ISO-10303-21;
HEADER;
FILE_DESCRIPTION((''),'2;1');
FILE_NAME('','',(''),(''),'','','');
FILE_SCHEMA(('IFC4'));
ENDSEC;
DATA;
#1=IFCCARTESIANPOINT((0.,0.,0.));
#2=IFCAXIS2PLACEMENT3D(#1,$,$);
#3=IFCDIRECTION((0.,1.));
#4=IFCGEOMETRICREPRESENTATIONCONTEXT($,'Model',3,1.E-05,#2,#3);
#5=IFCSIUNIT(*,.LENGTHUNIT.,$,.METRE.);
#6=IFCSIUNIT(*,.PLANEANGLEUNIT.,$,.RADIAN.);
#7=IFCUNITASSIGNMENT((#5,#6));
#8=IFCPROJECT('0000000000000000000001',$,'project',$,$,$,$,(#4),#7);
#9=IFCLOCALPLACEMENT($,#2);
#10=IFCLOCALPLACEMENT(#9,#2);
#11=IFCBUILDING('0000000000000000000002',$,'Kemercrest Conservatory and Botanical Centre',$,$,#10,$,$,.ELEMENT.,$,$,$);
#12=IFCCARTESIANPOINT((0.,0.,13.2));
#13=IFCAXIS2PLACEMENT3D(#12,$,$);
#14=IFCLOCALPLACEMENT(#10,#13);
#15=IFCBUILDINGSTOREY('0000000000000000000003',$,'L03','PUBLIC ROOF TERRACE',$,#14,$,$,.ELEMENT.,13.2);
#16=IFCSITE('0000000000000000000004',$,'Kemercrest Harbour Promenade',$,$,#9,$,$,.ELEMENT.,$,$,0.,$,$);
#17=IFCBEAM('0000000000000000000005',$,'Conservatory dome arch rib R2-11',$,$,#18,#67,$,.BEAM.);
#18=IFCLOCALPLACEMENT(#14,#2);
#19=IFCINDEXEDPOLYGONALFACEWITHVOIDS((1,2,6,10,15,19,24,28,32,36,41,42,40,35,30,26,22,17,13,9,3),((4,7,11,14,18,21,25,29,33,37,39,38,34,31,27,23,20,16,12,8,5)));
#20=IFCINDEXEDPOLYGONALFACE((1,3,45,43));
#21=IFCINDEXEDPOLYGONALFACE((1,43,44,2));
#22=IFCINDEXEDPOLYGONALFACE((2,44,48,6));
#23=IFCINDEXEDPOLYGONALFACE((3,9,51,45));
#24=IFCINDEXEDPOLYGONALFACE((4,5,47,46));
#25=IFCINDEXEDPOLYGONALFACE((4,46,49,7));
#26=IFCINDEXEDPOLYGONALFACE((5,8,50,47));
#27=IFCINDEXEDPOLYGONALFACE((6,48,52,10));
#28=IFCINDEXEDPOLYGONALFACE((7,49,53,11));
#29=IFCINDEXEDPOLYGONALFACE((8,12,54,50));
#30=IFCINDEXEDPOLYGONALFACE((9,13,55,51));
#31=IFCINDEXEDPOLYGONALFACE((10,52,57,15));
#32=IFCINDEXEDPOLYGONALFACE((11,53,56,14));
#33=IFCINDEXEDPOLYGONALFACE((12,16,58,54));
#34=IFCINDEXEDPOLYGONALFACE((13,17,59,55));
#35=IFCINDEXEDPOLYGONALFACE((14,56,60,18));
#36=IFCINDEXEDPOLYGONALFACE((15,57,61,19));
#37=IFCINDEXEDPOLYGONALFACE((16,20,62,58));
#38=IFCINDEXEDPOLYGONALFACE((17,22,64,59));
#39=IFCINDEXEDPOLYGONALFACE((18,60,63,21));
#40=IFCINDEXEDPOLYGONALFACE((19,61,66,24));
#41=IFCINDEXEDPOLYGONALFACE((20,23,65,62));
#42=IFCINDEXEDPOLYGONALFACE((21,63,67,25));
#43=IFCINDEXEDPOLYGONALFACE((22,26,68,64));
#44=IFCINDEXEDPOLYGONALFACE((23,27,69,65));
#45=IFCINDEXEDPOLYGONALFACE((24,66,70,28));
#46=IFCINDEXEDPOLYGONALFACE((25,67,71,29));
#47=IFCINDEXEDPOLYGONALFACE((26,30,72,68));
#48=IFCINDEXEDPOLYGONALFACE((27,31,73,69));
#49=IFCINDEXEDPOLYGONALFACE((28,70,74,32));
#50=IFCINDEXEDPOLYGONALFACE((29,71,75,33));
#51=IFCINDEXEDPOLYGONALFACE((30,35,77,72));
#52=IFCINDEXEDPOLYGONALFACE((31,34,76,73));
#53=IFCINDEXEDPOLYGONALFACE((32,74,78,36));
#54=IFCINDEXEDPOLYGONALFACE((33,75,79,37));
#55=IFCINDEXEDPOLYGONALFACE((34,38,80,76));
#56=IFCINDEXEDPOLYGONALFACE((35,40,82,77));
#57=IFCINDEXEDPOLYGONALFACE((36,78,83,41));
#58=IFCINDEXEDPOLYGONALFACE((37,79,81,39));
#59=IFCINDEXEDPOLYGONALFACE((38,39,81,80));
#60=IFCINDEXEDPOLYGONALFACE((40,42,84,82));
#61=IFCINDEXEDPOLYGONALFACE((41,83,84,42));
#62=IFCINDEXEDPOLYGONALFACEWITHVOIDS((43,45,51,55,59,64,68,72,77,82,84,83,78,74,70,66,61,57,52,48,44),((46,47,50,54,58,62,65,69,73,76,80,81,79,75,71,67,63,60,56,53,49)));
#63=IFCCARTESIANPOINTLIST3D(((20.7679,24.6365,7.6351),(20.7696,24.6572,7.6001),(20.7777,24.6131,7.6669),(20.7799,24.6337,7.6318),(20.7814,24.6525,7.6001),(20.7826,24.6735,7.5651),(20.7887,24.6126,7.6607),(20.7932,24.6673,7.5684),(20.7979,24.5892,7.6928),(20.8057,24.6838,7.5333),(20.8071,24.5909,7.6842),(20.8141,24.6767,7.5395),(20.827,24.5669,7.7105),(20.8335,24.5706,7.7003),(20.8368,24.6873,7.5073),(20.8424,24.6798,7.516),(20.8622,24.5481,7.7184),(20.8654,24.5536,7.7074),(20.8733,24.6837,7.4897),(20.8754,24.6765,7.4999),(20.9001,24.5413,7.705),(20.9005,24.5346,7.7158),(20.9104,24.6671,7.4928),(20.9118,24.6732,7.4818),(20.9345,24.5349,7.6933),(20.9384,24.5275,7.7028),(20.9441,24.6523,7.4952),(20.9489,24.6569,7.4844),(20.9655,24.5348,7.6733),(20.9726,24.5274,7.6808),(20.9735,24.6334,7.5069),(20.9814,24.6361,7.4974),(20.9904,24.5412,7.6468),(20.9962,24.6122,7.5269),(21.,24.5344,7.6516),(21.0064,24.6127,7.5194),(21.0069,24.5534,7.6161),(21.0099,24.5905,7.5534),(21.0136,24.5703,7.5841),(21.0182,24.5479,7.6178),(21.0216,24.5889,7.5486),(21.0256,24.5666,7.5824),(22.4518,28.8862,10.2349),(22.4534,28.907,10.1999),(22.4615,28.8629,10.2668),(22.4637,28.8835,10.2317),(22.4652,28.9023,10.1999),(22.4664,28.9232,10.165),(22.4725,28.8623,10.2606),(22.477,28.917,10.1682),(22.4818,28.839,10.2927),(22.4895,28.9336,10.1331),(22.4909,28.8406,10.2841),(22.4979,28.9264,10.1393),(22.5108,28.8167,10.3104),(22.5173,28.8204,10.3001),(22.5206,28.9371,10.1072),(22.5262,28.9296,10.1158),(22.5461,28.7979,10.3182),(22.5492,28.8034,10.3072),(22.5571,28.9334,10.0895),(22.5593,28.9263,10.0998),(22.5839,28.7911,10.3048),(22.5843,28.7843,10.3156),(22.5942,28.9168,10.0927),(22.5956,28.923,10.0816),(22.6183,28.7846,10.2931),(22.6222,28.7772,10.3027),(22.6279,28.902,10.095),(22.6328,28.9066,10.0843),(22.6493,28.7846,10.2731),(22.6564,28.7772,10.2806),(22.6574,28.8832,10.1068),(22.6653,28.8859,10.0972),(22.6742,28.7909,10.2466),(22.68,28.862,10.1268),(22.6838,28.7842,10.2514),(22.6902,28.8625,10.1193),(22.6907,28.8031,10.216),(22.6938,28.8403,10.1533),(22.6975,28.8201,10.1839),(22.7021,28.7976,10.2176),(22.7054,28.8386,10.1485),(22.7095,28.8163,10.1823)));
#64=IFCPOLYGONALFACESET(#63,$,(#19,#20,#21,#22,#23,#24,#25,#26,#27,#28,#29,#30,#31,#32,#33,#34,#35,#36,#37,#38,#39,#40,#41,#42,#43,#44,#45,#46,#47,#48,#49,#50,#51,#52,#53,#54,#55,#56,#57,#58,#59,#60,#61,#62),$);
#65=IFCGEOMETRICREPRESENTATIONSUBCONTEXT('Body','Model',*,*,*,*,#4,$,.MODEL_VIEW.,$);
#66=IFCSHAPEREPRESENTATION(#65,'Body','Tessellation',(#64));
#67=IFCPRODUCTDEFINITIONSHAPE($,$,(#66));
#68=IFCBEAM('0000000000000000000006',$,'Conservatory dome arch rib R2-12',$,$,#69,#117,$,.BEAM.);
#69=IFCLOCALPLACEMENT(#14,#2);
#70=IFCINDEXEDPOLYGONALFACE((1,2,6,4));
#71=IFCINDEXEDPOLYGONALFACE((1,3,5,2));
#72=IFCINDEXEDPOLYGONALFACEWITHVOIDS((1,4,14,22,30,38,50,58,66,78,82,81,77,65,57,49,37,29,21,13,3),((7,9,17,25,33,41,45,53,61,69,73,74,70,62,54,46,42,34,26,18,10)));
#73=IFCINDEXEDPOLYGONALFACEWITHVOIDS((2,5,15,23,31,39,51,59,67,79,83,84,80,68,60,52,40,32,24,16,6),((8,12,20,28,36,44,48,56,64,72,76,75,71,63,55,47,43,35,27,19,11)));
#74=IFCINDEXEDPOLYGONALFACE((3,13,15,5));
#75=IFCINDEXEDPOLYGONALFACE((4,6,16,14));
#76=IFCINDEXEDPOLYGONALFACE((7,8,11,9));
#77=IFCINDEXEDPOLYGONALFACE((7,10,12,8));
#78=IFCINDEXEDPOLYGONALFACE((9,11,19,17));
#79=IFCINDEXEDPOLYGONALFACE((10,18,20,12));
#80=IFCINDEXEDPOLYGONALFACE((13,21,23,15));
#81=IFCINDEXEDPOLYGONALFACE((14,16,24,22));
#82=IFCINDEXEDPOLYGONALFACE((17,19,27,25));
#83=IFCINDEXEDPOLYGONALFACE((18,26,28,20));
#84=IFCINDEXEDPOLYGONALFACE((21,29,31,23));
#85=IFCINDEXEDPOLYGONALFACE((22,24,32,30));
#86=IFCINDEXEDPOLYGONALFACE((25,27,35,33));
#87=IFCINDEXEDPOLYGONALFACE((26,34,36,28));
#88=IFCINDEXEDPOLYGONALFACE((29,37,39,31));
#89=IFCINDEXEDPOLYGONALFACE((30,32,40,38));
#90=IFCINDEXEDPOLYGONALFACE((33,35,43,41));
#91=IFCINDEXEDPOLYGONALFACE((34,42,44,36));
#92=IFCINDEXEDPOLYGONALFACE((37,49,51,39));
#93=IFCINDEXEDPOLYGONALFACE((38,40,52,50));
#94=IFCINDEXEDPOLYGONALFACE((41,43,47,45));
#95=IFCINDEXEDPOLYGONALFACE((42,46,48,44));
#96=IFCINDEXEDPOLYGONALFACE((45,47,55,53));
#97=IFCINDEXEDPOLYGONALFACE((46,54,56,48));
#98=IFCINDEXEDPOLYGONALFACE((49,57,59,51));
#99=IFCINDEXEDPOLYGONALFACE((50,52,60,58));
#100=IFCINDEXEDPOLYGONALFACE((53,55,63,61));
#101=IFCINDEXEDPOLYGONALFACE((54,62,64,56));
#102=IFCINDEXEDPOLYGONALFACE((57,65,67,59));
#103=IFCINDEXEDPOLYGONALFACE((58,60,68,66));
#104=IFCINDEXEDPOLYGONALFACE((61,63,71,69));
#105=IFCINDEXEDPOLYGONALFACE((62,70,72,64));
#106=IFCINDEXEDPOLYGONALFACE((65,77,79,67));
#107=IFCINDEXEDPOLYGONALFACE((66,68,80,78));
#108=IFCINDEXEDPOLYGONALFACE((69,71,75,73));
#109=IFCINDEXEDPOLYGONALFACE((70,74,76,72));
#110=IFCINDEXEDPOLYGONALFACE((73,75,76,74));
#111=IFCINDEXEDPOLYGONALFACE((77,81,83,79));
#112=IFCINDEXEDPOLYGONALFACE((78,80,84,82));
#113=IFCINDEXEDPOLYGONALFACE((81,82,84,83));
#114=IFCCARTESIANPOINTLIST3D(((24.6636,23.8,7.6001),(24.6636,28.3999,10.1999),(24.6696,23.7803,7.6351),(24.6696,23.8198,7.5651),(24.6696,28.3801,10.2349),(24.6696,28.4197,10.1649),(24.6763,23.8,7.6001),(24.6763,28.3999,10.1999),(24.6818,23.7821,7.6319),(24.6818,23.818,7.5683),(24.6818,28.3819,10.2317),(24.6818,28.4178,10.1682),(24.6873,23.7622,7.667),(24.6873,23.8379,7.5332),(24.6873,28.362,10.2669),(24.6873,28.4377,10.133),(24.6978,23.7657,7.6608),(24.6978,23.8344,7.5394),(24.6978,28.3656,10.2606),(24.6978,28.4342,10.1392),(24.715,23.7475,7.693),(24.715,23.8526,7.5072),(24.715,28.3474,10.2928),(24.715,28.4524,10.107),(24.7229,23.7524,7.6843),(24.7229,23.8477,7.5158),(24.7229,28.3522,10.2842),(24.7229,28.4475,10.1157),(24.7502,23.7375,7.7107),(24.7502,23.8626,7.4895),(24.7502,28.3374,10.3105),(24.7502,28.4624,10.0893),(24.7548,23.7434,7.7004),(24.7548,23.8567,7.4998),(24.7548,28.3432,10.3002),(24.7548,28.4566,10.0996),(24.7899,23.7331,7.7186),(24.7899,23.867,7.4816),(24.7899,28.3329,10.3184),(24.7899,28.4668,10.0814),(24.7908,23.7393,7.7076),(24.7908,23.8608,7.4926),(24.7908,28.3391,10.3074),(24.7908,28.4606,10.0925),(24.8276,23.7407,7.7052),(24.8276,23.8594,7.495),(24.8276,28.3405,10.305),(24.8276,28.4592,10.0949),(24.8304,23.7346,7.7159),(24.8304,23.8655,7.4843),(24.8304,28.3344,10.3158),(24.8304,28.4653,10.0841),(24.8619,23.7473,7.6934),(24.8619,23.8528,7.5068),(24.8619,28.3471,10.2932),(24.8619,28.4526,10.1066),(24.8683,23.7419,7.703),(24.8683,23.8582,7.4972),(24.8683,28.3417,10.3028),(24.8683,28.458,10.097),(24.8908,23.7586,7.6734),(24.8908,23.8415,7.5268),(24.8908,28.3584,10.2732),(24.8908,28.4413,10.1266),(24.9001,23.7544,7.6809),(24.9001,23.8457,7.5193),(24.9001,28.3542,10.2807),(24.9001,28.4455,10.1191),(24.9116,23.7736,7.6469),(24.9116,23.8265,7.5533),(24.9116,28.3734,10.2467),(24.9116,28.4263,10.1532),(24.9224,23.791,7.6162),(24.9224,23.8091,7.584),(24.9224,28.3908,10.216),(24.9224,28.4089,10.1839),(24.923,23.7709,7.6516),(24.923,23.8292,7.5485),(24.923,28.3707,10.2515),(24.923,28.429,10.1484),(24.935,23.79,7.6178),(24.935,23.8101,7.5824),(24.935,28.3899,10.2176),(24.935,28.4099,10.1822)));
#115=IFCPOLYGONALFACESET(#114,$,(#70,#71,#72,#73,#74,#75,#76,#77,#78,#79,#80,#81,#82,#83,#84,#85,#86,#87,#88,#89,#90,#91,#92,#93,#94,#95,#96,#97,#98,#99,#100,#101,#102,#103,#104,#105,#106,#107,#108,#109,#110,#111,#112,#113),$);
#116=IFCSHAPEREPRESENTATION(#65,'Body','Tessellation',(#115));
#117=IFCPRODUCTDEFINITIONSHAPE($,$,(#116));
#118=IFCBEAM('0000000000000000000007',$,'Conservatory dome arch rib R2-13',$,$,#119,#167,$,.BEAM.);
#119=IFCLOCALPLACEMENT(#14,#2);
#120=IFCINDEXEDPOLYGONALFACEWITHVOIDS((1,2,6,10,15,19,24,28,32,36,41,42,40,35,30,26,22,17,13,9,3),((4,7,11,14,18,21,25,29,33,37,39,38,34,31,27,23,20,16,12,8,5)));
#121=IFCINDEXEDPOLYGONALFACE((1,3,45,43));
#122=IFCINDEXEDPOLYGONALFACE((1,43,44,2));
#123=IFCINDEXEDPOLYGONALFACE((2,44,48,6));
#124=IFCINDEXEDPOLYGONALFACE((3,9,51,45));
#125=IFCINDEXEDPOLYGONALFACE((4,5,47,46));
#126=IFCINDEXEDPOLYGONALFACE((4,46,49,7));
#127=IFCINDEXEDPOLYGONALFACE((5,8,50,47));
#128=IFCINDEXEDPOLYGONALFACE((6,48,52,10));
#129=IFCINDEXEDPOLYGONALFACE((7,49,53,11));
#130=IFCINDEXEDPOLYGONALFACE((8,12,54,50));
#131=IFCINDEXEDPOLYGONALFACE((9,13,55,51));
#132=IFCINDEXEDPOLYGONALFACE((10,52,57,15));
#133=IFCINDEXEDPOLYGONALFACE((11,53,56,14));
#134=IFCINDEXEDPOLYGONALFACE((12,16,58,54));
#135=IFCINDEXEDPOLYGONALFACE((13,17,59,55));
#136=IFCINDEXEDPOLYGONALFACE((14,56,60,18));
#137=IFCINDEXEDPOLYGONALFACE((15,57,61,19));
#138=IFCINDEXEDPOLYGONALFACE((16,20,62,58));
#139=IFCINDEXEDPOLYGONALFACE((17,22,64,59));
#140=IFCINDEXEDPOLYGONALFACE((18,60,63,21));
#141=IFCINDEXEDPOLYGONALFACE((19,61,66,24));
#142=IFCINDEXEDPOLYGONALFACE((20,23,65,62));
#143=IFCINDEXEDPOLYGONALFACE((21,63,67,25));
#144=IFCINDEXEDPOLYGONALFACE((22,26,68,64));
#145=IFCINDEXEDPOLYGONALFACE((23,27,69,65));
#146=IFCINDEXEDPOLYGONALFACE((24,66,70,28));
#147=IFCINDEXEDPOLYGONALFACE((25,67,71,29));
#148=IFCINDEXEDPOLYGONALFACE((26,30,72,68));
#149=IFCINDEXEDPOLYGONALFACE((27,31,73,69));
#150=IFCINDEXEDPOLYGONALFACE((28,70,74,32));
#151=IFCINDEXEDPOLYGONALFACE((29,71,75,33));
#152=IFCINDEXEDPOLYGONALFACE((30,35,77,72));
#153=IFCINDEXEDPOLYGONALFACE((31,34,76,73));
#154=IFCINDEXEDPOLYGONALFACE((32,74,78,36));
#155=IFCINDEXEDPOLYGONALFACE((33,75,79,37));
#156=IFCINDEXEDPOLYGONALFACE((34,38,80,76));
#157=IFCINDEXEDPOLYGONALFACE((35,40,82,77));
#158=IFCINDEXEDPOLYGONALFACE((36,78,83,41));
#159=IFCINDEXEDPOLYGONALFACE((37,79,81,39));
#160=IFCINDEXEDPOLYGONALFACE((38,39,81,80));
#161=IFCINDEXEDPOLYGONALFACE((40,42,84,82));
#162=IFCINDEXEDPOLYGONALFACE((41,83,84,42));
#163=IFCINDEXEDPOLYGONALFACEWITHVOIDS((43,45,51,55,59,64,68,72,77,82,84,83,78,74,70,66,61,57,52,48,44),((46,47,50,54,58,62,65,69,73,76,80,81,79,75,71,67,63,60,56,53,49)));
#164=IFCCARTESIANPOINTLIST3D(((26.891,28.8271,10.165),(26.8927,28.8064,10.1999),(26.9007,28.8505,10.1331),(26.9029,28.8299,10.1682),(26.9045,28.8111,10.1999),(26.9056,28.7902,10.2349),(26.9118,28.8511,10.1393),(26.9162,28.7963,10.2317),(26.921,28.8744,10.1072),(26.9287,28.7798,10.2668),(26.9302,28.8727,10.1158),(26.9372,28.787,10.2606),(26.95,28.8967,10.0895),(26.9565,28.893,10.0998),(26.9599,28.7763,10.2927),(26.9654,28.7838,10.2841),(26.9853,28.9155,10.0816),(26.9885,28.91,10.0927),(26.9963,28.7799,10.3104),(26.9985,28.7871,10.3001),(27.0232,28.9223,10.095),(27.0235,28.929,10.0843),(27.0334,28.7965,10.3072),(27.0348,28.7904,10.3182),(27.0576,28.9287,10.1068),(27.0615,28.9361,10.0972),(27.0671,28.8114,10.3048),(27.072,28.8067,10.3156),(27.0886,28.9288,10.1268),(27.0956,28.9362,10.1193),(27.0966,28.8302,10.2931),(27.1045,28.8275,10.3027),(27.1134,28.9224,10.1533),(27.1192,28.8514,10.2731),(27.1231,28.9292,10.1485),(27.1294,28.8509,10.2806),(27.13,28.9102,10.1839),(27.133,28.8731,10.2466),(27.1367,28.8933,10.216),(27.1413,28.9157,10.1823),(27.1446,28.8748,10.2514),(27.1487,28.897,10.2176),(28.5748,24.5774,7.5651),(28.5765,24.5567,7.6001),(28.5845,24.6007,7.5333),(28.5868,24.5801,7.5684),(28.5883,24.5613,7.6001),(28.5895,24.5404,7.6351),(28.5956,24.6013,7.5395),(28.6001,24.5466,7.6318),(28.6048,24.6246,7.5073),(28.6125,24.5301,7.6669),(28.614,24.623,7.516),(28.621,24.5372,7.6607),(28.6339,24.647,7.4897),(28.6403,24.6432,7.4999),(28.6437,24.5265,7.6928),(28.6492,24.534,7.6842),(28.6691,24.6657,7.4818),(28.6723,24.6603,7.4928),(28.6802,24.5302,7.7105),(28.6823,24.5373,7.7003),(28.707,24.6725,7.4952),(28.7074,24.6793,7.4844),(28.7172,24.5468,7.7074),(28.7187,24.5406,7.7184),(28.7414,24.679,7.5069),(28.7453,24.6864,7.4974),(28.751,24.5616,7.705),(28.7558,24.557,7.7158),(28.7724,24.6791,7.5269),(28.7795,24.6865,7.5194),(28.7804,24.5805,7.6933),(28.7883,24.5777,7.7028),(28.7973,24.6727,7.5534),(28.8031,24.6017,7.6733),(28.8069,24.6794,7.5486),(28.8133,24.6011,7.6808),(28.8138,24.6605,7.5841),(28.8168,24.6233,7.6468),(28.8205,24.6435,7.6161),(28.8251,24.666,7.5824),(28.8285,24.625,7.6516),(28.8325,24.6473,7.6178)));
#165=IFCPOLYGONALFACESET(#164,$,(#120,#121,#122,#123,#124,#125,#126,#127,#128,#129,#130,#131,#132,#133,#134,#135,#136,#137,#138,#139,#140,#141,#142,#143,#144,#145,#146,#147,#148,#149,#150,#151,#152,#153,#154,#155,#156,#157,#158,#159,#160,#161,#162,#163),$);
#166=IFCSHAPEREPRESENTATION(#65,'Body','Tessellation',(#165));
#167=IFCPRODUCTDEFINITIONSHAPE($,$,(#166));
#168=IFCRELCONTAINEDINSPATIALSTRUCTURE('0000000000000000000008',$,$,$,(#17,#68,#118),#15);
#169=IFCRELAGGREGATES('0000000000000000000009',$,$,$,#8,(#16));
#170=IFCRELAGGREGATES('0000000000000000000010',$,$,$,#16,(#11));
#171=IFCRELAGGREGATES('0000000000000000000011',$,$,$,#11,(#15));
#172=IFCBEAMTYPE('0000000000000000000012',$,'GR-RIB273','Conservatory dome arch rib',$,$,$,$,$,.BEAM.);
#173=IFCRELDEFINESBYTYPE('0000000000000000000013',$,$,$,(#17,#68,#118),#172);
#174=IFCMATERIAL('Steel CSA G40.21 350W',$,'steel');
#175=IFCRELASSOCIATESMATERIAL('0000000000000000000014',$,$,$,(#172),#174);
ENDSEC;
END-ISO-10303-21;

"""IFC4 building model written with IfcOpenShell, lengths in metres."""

from ifc_helpers import new_model, si_unit, direction, frame, origin, origin_2d, place, context, subcontext, project, spatial, hollow_circle, extrude, material, material_profile, profile_set, type_object, element, save


model = new_model("IFC4")

# Units and contexts
model_context = context("Model", 3, precision=1e-05, world=origin(), true_north=direction((0.0, 1.0)))
body_context = subcontext(model_context, "Body", "Model", "MODEL_VIEW")
ifc_project = project(units=[si_unit("LENGTHUNIT", "METRE"), si_unit("PLANEANGLEUNIT", "RADIAN")], contexts=[model_context])

# Site, building, storey
site_placement = place(None, origin())
site = spatial("IfcSite", under=ifc_project, at=site_placement, Name="Kemercrest Harbour Promenade", CompositionType="ELEMENT", RefElevation=0.0)
building_placement = place(site_placement, origin())
building = spatial("IfcBuilding", under=site, at=building_placement, Name="Kemercrest Conservatory and Botanical Centre", CompositionType="ELEMENT")
storey_placement = place(building_placement, frame((0.0, 0.0, 13.2)))
storey = spatial("IfcBuildingStorey", under=building, at=storey_placement, Name="L03", Description="PUBLIC ROOF TERRACE", CompositionType="ELEMENT", Elevation=13.2)

# Beams
ifc_material_1 = material(Name="Steel CSA G40.21 350W", Category="steel")
ifc_material_profile_1 = material_profile(ifc_material_1, hollow_circle(Radius=0.1365, WallThickness=0.0127, at=origin_2d()), Name="CHS 273.1x12.7")
ifc_profile_set_1 = profile_set([ifc_material_profile_1], Name="Steel CSA G40.21 350W")
beam_type_1 = type_object("IfcBeamType", Name="GR-RIB273", Description="Conservatory dome arch rib", PredefinedType="BEAM", material=ifc_profile_set_1)
beam_1_placement = place(storey_placement, frame((20.8965, 24.6069, 7.6001), z_axis=(0.320194, 0.808123, 0.494382), x_axis=(-0.929684, 0.368359, 0.0)))
element("IfcBeam", 1, at=beam_1_placement, inside=storey, type_object=beam_type_1, Name="Conservatory dome arch rib R2-11", PredefinedType="BEAM", context=body_context, shape_type="SweptSolid", body=[
    extrude(hollow_circle(Radius=0.1365, WallThickness=0.0127, at=origin_2d()), origin(), (0.0, 0.0, 1.0), 5.2588),
])
beam_2_placement = place(storey_placement, frame((24.8, 23.8, 7.6001), z_axis=(0.0, 0.870568, 0.492048), x_axis=(-1.0, 0.0, 0.0)))
element("IfcBeam", 2, at=beam_2_placement, inside=storey, type_object=beam_type_1, Name="Conservatory dome arch rib R2-12", PredefinedType="BEAM", context=body_context, shape_type="SweptSolid", body=[
    extrude(hollow_circle(Radius=0.1365, WallThickness=0.0127, at=origin_2d()), origin(), (0.0, 0.0, 1.0), 5.2837),
])
beam_3_placement = place(storey_placement, frame((28.7034, 24.6069, 7.6001), z_axis=(-0.320194, 0.808123, 0.494382), x_axis=(-0.929684, -0.368359, 0.0)))
element("IfcBeam", 3, at=beam_3_placement, inside=storey, type_object=beam_type_1, Name="Conservatory dome arch rib R2-13", PredefinedType="BEAM", context=body_context, shape_type="SweptSolid", body=[
    extrude(hollow_circle(Radius=0.1365, WallThickness=0.0127, at=origin_2d()), origin(), (0.0, 0.0, 1.0), 5.2588),
])

save(model, "model.ifc")
